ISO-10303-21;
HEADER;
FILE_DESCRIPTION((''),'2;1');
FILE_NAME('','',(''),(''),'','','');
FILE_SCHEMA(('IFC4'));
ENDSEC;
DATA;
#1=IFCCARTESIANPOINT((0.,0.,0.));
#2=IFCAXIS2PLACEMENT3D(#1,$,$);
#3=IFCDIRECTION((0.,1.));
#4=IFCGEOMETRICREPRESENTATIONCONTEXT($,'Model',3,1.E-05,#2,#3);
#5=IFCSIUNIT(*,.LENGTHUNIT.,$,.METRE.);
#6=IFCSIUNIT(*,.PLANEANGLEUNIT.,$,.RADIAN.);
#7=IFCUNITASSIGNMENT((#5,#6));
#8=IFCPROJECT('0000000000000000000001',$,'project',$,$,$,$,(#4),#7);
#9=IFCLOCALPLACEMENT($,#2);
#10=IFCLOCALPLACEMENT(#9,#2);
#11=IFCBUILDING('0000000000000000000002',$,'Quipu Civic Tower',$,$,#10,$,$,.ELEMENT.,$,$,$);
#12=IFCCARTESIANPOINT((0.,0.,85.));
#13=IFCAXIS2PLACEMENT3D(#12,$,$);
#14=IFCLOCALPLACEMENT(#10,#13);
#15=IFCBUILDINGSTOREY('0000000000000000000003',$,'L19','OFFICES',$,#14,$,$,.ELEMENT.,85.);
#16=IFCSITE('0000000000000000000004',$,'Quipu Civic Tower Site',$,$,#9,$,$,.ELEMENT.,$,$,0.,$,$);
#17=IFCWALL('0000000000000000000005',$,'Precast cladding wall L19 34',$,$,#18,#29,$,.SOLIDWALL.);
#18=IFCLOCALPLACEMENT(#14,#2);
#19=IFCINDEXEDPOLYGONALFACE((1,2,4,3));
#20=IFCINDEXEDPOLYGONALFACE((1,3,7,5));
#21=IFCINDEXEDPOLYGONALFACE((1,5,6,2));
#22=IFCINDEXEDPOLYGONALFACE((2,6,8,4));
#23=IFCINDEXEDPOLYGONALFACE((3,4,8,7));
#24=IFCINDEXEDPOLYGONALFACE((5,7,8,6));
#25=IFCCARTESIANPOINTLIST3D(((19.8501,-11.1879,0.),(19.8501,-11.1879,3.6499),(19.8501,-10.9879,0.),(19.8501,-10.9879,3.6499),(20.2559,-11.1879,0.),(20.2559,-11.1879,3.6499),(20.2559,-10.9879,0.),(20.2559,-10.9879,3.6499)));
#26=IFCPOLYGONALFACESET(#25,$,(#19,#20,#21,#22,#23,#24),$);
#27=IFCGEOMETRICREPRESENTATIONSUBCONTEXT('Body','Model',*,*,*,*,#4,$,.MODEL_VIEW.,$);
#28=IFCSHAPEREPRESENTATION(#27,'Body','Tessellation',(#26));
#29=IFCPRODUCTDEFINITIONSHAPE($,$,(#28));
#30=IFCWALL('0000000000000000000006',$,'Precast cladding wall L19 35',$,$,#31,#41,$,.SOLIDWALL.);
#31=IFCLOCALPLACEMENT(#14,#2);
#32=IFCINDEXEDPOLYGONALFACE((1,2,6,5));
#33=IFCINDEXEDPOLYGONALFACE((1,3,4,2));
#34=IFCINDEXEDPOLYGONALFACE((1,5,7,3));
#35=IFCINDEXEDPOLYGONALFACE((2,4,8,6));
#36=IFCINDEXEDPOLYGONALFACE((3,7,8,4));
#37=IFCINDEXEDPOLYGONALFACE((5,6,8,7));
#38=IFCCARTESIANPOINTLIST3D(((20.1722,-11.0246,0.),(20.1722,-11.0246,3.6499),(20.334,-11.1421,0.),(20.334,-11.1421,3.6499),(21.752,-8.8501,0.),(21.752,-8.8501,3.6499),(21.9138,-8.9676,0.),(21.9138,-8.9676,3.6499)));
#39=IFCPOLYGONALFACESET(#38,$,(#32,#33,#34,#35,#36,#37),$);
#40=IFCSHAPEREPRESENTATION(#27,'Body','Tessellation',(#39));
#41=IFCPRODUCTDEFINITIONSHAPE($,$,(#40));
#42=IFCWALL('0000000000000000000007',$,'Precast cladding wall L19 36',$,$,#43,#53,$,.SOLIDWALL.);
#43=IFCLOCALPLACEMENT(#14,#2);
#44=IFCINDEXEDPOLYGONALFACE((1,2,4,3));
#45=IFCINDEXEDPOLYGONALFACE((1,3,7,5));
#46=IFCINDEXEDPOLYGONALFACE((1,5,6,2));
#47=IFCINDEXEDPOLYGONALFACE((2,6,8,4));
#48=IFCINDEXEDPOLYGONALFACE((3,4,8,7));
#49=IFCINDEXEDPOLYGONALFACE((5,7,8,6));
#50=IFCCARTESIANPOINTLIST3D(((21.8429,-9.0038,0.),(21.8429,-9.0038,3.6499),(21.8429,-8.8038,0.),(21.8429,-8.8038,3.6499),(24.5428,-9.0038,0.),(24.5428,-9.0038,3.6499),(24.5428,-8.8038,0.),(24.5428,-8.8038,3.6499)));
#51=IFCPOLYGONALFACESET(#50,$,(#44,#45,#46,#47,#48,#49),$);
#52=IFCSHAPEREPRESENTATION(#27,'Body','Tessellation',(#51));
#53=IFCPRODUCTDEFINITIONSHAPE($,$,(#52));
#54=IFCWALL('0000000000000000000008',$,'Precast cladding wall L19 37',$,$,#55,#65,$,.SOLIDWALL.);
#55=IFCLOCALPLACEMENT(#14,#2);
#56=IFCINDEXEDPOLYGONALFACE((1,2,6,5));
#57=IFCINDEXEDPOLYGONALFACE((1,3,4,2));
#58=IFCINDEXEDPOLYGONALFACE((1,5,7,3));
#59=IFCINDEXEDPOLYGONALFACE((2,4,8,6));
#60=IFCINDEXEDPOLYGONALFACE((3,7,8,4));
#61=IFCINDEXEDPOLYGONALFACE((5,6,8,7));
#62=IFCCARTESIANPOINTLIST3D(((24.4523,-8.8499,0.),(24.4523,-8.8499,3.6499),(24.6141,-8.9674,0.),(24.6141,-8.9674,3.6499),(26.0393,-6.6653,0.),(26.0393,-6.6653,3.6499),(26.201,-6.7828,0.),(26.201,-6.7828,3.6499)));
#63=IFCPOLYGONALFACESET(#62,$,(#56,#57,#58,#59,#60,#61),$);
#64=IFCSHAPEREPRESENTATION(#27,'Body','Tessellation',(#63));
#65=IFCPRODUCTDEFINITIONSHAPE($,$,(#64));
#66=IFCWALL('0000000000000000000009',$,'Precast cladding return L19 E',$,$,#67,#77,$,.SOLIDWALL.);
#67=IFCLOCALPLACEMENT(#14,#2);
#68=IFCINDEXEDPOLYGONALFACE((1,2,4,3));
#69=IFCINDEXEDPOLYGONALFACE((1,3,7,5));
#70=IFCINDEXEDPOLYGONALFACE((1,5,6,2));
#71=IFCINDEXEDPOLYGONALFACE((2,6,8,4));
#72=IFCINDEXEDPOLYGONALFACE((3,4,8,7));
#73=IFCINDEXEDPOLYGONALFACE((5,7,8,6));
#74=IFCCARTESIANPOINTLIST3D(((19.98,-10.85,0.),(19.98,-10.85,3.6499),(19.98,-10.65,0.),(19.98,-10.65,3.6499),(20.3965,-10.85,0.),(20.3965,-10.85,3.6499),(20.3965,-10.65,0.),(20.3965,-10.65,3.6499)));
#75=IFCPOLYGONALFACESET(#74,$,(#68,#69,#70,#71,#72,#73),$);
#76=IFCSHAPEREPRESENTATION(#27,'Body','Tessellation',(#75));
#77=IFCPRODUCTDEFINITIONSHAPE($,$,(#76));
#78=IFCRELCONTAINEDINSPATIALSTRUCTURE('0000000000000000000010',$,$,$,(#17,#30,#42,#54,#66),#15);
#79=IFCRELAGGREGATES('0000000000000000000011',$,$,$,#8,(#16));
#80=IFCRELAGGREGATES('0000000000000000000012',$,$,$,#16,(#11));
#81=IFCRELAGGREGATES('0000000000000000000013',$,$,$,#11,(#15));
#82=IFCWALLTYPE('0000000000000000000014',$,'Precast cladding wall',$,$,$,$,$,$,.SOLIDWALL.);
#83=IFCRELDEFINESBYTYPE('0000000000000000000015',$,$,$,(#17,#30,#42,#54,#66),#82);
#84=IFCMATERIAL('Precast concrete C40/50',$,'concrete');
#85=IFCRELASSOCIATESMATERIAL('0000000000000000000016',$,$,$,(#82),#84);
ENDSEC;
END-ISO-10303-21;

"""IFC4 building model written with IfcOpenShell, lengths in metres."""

from ifc_helpers import new_model, si_unit, direction, frame, frame_2d, origin, place, context, subcontext, project, spatial, rectangle, extrude, material, type_object, element, save


model = new_model("IFC4")

# Units and contexts
model_context = context("Model", 3, precision=1e-05, world=origin(), true_north=direction((0.0, 1.0)))
body_context = subcontext(model_context, "Body", "Model", "MODEL_VIEW")
ifc_project = project(units=[si_unit("LENGTHUNIT", "METRE"), si_unit("PLANEANGLEUNIT", "RADIAN")], contexts=[model_context])

# Site, building, storey
site_placement = place(None, origin())
site = spatial("IfcSite", under=ifc_project, at=site_placement, Name="Quipu Civic Tower Site", CompositionType="ELEMENT", RefElevation=0.0)
building_placement = place(site_placement, origin())
building = spatial("IfcBuilding", under=site, at=building_placement, Name="Quipu Civic Tower", CompositionType="ELEMENT")
storey_placement = place(building_placement, frame((0.0, 0.0, 85.0)))
storey = spatial("IfcBuildingStorey", under=building, at=storey_placement, Name="L19", Description="OFFICES", CompositionType="ELEMENT", Elevation=85.0)

# Walls
ifc_material_1 = material(Name="Precast concrete C40/50", Category="concrete")
wall_type_1 = type_object("IfcWallType", Name="Precast cladding wall", PredefinedType="SOLIDWALL", material=ifc_material_1)
wall_1_placement = place(storey_placement, frame((19.8501, -11.0879, 0.0), z_axis=(0.0, 0.0, 1.0), x_axis=(1.0, 0.0, 0.0)))
element("IfcWall", 1, at=wall_1_placement, inside=storey, type_object=wall_type_1, Name="Precast cladding wall L19 34", PredefinedType="SOLIDWALL", context=body_context, shape_type="SweptSolid", body=[
    extrude(rectangle(XDim=0.4058, YDim=0.2, at=frame_2d((0.2029, 0.0))), origin(), (0.0, 0.0, 1.0), 3.6499),
])
wall_2_placement = place(storey_placement, frame((20.2532, -11.0833, 0.0), z_axis=(0.0, 0.0, 1.0), x_axis=(0.587767, 0.809031, 0.0)))
element("IfcWall", 2, at=wall_2_placement, inside=storey, type_object=wall_type_1, Name="Precast cladding wall L19 35", PredefinedType="SOLIDWALL", context=body_context, shape_type="SweptSolid", body=[
    extrude(rectangle(XDim=2.6877, YDim=0.2, at=frame_2d((1.3438, 0.0))), origin(), (0.0, 0.0, 1.0), 3.6499),
])
wall_3_placement = place(storey_placement, frame((21.8428, -8.9038, 0.0), z_axis=(0.0, 0.0, 1.0), x_axis=(1.0, 0.0, 0.0)))
element("IfcWall", 3, at=wall_3_placement, inside=storey, type_object=wall_type_1, Name="Precast cladding wall L19 36", PredefinedType="SOLIDWALL", context=body_context, shape_type="SweptSolid", body=[
    extrude(rectangle(XDim=2.7, YDim=0.2, at=frame_2d((1.3501, 0.0))), origin(), (0.0, 0.0, 1.0), 3.6499),
])
wall_4_placement = place(storey_placement, frame((24.5332, -8.9087, 0.0), z_axis=(0.0, 0.0, 1.0), x_axis=(0.58772, 0.809064, 0.0)))
element("IfcWall", 4, at=wall_4_placement, inside=storey, type_object=wall_type_1, Name="Precast cladding wall L19 37", PredefinedType="SOLIDWALL", context=body_context, shape_type="SweptSolid", body=[
    extrude(rectangle(XDim=2.7002, YDim=0.2, at=frame_2d((1.3501, 0.0))), origin(), (0.0, 0.0, 1.0), 3.6499),
])
wall_5_placement = place(storey_placement, frame((19.98, -10.75, 0.0), z_axis=(0.0, 0.0, 1.0), x_axis=(1.0, 0.0, 0.0)))
element("IfcWall", 5, at=wall_5_placement, inside=storey, type_object=wall_type_1, Name="Precast cladding return L19 E", PredefinedType="SOLIDWALL", context=body_context, shape_type="SweptSolid", body=[
    extrude(rectangle(XDim=0.4165, YDim=0.2, at=frame_2d((0.2083, 0.0))), origin(), (0.0, 0.0, 1.0), 3.6499),
])

save(model, "model.ifc")
